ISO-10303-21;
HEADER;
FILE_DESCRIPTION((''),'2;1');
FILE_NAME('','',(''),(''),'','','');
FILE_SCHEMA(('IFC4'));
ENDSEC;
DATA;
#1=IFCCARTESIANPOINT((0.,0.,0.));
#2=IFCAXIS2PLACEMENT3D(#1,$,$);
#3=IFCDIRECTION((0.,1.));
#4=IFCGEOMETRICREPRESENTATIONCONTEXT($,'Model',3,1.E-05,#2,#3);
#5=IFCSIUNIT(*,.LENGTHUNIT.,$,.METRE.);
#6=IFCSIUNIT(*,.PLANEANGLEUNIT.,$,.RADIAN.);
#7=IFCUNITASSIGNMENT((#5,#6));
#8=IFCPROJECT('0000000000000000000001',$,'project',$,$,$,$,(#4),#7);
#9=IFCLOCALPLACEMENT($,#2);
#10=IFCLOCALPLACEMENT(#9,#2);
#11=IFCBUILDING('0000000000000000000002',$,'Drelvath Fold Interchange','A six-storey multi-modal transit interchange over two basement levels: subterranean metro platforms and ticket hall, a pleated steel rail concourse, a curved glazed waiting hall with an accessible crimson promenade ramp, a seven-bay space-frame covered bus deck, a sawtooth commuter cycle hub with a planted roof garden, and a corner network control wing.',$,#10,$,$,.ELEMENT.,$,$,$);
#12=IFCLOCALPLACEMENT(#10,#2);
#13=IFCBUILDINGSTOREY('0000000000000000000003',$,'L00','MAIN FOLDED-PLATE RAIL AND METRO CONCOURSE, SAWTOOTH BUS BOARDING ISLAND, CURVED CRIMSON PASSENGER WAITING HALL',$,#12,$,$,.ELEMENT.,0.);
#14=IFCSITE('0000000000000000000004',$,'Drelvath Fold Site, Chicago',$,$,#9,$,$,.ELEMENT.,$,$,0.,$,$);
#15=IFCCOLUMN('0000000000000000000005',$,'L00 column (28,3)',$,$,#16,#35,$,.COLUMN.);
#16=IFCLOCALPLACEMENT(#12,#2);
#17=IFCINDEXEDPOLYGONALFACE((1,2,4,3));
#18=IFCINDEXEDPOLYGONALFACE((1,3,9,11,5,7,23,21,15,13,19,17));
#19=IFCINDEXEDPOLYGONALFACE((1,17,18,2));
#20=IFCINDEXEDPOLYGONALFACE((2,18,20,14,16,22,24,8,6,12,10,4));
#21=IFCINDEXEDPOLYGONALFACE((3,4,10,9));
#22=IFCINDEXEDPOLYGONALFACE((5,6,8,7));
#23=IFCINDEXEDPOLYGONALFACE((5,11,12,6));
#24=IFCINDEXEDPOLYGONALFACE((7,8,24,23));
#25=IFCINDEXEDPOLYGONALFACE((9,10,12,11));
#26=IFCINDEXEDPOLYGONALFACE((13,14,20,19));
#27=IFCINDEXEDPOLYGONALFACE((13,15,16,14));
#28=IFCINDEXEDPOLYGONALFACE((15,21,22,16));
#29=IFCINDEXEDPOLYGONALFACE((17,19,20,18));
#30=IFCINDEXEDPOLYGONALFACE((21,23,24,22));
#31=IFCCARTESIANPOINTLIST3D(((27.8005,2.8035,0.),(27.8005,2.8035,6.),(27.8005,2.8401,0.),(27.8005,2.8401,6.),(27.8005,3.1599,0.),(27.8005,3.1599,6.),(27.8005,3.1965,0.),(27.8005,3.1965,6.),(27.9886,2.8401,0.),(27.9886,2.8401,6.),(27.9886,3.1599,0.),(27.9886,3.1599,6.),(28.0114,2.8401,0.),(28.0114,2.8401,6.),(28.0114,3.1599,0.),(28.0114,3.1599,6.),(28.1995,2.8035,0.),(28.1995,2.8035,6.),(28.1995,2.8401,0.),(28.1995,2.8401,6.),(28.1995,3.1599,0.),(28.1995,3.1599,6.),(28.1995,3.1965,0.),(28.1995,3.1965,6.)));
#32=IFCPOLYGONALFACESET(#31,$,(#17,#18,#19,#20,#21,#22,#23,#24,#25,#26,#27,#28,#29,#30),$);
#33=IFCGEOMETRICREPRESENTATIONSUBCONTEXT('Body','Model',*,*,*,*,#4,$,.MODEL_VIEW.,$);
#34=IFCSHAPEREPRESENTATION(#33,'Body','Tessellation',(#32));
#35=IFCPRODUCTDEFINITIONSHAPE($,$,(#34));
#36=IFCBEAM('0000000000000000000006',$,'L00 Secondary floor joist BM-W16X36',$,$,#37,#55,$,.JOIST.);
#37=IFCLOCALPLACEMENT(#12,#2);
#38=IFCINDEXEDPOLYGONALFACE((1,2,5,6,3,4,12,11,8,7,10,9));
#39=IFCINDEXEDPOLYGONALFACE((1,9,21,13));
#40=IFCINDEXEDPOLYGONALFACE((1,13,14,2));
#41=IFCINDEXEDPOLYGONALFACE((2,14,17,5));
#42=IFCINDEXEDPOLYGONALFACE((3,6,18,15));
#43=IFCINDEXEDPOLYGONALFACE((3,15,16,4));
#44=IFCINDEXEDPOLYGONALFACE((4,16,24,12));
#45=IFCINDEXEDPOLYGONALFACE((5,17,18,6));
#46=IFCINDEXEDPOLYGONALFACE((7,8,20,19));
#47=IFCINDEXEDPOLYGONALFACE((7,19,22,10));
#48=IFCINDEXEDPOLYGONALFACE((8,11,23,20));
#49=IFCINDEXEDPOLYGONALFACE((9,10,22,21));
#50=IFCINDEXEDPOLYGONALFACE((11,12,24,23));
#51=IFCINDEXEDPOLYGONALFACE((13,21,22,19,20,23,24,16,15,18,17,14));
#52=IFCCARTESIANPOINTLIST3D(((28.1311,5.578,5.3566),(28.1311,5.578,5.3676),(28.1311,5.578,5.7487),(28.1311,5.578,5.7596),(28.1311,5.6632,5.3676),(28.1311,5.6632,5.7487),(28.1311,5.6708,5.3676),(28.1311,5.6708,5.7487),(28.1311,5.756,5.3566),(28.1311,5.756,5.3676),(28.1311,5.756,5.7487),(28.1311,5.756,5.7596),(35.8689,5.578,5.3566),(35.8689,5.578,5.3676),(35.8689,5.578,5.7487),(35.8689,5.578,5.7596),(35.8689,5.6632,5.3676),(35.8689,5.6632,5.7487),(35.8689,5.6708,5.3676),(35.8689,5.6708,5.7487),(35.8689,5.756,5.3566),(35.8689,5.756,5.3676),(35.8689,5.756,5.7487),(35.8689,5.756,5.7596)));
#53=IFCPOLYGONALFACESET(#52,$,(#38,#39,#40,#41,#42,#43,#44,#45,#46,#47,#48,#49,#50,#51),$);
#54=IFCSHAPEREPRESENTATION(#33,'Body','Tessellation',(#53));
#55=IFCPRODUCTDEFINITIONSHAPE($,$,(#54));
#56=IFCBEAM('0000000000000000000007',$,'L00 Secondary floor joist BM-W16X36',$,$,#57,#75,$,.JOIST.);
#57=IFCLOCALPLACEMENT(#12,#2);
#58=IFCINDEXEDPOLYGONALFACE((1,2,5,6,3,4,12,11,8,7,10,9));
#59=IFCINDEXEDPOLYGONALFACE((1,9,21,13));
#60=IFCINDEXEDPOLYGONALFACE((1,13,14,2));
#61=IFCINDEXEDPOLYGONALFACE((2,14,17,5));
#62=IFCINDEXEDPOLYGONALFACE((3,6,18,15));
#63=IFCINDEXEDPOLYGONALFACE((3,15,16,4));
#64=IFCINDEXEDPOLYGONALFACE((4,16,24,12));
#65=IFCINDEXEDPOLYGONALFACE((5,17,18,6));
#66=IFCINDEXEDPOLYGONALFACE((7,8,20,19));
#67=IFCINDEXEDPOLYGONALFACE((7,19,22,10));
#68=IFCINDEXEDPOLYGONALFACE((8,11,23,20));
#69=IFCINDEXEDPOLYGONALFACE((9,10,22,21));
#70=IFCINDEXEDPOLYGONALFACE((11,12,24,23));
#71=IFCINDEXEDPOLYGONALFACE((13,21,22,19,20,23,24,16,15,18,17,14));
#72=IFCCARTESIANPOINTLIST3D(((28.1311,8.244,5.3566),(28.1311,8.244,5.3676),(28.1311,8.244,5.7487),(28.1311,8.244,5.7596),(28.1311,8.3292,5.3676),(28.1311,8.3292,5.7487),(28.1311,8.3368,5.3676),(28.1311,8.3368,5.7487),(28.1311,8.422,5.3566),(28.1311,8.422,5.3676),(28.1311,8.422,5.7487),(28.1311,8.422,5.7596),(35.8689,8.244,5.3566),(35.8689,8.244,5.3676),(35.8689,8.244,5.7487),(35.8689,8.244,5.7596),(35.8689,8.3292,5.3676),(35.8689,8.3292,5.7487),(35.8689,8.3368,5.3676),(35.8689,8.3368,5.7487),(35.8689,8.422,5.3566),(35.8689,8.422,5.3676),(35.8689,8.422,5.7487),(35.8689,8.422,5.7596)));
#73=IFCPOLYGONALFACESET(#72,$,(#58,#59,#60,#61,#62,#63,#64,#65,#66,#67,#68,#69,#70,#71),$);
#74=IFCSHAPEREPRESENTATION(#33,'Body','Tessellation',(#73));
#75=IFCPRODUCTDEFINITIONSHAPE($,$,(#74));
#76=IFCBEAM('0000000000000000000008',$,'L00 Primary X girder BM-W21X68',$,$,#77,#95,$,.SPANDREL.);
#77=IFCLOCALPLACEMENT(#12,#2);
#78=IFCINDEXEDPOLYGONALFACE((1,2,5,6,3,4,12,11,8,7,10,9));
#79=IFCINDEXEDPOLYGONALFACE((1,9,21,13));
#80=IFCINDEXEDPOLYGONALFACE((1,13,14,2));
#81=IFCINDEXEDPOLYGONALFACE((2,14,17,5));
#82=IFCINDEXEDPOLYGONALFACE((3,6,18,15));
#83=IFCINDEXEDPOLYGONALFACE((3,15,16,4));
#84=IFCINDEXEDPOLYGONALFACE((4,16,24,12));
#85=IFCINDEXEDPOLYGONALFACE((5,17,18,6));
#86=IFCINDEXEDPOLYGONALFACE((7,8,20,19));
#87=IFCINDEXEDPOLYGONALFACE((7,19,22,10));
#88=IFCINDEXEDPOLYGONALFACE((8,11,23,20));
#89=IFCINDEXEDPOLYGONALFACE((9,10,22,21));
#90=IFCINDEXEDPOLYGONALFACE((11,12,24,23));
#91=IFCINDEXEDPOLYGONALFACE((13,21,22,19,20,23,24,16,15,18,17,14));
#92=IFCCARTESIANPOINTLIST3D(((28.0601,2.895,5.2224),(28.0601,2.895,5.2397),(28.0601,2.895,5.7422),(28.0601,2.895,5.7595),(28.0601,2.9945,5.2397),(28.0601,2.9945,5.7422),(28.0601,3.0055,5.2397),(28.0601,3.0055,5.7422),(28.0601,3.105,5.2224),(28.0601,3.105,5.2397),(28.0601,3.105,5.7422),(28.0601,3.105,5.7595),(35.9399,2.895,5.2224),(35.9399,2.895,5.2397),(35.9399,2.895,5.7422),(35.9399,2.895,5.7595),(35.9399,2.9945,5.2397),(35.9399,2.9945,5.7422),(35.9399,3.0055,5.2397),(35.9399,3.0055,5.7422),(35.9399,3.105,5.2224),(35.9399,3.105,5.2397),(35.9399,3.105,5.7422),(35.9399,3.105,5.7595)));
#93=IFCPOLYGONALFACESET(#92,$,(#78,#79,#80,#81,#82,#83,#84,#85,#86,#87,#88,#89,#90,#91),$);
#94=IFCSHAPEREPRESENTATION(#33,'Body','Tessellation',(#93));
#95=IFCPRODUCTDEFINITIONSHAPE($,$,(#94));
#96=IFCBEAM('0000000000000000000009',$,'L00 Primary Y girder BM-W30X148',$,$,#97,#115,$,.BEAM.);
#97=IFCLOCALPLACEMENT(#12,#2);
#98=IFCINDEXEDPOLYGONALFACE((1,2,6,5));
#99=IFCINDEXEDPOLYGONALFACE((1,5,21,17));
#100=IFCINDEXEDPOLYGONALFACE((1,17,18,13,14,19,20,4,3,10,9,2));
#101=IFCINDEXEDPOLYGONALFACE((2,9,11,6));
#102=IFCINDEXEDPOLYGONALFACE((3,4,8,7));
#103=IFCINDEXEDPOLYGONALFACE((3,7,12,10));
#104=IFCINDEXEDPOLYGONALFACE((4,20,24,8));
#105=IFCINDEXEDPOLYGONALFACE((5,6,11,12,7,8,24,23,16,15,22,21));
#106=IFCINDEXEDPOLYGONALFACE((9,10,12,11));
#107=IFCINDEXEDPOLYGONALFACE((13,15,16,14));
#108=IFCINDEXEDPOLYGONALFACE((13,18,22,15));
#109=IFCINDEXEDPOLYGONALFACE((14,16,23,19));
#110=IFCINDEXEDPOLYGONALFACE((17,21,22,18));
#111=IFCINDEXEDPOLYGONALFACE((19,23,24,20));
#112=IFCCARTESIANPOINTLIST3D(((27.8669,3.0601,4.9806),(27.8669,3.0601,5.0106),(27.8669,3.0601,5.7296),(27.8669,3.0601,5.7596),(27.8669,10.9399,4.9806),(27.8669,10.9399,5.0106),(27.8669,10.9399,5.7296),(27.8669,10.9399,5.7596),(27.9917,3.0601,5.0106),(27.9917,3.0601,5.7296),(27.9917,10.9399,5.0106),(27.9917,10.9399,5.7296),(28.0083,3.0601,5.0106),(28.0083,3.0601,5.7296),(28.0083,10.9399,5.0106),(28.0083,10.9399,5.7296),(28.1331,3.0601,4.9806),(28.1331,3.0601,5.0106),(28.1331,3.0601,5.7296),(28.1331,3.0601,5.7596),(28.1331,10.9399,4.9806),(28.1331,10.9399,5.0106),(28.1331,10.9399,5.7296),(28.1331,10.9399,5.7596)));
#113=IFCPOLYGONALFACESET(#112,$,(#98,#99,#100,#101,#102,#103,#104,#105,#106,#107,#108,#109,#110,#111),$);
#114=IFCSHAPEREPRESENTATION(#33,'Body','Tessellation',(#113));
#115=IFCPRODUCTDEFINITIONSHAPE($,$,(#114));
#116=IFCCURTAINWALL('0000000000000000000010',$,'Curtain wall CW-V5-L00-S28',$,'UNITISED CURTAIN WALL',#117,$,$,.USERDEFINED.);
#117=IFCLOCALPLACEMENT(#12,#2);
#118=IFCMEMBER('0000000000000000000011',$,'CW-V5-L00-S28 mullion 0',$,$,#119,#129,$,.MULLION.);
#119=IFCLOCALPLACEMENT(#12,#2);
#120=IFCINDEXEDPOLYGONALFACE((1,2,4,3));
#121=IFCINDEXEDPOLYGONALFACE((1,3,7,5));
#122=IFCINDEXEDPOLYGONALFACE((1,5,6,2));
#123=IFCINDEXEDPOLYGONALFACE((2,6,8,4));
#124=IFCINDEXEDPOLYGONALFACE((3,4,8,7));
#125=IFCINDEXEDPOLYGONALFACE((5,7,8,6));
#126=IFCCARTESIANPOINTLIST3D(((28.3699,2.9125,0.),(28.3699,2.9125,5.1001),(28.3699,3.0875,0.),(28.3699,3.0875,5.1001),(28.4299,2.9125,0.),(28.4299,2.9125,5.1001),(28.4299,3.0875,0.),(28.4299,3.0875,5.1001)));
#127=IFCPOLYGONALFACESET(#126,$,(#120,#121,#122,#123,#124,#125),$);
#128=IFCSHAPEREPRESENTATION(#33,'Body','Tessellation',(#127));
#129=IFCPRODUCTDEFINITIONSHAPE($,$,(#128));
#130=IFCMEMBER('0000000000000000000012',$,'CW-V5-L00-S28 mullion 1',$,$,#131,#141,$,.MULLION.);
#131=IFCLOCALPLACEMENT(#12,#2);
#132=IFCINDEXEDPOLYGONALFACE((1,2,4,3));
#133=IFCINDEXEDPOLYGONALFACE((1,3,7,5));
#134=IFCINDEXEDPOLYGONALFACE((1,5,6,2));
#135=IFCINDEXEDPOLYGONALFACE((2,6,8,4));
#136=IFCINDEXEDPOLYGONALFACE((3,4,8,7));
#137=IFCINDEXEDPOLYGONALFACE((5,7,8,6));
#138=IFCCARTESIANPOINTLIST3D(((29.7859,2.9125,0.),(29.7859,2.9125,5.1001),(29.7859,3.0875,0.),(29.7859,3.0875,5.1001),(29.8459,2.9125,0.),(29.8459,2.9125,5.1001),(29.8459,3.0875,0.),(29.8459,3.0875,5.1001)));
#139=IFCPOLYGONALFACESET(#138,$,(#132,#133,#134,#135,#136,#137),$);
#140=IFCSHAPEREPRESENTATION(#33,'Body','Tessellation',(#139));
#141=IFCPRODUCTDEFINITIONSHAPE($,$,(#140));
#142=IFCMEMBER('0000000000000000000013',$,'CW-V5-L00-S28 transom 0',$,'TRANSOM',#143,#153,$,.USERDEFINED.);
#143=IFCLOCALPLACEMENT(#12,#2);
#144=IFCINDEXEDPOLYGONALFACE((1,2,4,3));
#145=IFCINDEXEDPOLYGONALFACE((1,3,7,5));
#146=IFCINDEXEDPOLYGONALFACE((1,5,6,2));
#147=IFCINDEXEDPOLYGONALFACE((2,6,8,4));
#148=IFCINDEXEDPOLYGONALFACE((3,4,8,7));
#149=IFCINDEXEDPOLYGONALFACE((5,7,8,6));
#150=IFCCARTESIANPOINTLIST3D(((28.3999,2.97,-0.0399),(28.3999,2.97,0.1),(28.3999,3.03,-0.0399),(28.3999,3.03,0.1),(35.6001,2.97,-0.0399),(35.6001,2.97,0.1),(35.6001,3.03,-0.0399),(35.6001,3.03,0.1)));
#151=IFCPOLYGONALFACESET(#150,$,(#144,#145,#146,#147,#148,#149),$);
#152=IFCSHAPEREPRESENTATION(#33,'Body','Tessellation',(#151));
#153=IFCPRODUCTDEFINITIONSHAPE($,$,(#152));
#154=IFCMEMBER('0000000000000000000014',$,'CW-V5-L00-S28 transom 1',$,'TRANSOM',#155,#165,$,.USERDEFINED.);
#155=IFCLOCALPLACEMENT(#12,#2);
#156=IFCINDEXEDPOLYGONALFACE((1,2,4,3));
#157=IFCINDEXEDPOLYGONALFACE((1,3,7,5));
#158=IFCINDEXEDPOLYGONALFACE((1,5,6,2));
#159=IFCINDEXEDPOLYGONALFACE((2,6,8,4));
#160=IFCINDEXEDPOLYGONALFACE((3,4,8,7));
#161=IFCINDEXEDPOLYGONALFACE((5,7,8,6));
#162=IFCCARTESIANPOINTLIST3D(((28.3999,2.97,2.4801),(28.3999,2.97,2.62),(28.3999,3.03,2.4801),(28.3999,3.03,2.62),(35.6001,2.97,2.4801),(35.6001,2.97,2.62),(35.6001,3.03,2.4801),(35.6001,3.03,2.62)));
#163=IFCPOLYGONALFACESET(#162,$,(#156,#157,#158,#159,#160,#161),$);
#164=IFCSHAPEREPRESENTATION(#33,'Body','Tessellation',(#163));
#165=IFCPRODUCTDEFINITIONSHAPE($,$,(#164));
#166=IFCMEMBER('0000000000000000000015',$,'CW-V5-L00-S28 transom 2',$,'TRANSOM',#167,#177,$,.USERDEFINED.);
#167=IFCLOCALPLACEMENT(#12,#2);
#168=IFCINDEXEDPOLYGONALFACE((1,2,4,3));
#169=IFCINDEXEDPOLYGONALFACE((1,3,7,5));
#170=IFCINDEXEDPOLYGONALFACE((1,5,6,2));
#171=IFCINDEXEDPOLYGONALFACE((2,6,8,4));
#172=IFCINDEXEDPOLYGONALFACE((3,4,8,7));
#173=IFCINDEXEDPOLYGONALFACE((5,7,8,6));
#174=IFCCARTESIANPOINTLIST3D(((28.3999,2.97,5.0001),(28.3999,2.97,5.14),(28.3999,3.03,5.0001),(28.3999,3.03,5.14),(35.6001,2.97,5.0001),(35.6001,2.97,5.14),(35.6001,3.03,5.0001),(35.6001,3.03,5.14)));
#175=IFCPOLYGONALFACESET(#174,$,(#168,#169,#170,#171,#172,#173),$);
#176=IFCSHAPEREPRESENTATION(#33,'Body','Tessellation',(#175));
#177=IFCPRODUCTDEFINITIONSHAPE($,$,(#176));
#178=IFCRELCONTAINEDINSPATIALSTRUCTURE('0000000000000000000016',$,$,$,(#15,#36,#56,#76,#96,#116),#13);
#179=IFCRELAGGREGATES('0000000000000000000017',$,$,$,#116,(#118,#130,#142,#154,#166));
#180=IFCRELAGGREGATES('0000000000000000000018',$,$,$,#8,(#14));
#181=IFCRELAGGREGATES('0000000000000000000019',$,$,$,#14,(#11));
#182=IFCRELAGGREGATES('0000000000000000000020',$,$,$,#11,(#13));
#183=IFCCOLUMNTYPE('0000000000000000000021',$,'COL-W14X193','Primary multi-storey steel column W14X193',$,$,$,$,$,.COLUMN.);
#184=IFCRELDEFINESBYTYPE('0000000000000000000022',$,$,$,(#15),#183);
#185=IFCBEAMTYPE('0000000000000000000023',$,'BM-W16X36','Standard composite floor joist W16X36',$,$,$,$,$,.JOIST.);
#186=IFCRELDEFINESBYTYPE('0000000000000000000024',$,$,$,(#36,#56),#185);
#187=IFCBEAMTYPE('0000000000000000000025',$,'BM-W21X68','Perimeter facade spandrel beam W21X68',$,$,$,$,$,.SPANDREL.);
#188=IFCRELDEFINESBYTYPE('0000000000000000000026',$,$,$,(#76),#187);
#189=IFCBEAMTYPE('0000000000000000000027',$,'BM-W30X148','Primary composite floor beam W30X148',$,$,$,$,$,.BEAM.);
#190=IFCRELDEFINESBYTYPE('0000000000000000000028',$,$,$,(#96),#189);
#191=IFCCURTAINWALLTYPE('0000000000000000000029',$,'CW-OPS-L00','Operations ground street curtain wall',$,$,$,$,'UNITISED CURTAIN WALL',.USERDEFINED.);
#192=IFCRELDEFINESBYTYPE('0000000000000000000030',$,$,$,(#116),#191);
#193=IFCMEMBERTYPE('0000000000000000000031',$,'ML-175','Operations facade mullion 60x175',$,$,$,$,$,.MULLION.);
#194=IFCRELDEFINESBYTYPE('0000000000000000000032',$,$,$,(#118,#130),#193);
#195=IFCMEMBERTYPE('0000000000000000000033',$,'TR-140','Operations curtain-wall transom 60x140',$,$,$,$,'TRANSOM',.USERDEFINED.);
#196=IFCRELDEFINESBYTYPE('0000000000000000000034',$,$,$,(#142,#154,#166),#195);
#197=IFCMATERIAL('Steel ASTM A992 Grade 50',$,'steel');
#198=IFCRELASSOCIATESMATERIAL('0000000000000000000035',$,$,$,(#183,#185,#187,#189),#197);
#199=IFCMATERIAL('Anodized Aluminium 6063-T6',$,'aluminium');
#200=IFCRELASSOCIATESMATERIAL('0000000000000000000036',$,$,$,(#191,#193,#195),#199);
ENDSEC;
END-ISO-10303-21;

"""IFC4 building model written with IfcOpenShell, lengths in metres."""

from ifc_helpers import new_model, si_unit, direction, frame, origin, origin_2d, place, context, subcontext, project, spatial, rectangle, i_section, extrude, material, material_profile, profile_set, type_object, element, aggregate, save


model = new_model("IFC4")

# Units and contexts
model_context = context("Model", 3, precision=1e-05, world=origin(), true_north=direction((0.0, 1.0)))
body_context = subcontext(model_context, "Body", "Model", "MODEL_VIEW")
ifc_project = project(units=[si_unit("LENGTHUNIT", "METRE"), si_unit("PLANEANGLEUNIT", "RADIAN")], contexts=[model_context])

# Site, building, storey
site_placement = place(None, origin())
site = spatial("IfcSite", under=ifc_project, at=site_placement, Name="Drelvath Fold Site, Chicago", CompositionType="ELEMENT", RefElevation=0.0)
building_placement = place(site_placement, origin())
building = spatial("IfcBuilding", under=site, at=building_placement, Name="Drelvath Fold Interchange", Description="A six-storey multi-modal transit interchange over two basement levels: subterranean metro platforms and ticket hall, a pleated steel rail concourse, a curved glazed waiting hall with an accessible crimson promenade ramp, a seven-bay space-frame covered bus deck, a sawtooth commuter cycle hub with a planted roof garden, and a corner network control wing.", CompositionType="ELEMENT")
storey_placement = place(building_placement, origin())
storey = spatial("IfcBuildingStorey", under=building, at=storey_placement, Name="L00", Description="MAIN FOLDED-PLATE RAIL AND METRO CONCOURSE, SAWTOOTH BUS BOARDING ISLAND, CURVED CRIMSON PASSENGER WAITING HALL", CompositionType="ELEMENT", Elevation=0.0)

# Column
ifc_material_1 = material(Name="Steel ASTM A992 Grade 50", Category="steel")
ifc_material_profile_1 = material_profile(ifc_material_1, i_section(OverallWidth=0.3989, OverallDepth=0.3931, WebThickness=0.0227, FlangeThickness=0.0366, at=origin_2d()), Name="W14X193")
ifc_profile_set_1 = profile_set([ifc_material_profile_1], Name="Steel ASTM A992 Grade 50")
column_type = type_object("IfcColumnType", Name="COL-W14X193", Description="Primary multi-storey steel column W14X193", PredefinedType="COLUMN", material=ifc_profile_set_1)
column_placement = place(storey_placement, frame((28.0, 3.0, 0.0), z_axis=(0.0, 0.0, 1.0), x_axis=(1.0, 0.0, 0.0)))
element("IfcColumn", 1, at=column_placement, inside=storey, type_object=column_type, Name="L00 column (28,3)", PredefinedType="COLUMN", context=body_context, shape_type="SweptSolid", body=[
    extrude(i_section(OverallWidth=0.3989, OverallDepth=0.3931, WebThickness=0.0227, FlangeThickness=0.0366, at=origin_2d()), origin(), (0.0, 0.0, 1.0), 6.0),
])

# Beams
ifc_material_profile_2 = material_profile(ifc_material_1, i_section(OverallWidth=0.178, OverallDepth=0.4031, WebThickness=0.0076, FlangeThickness=0.011, at=origin_2d()), Name="W16X36")
ifc_profile_set_2 = profile_set([ifc_material_profile_2], Name="Steel ASTM A992 Grade 50")
beam_type_1 = type_object("IfcBeamType", Name="BM-W16X36", Description="Standard composite floor joist W16X36", PredefinedType="JOIST", material=ifc_profile_set_2)
for number, where, z_axis, x_axis, name in (
    (2, (28.1311, 5.667, 5.5581), (1.0, 0.0, 0.0), (0.0, 1.0, 0.0), "L00 Secondary floor joist BM-W16X36"),
    (3, (28.1311, 8.333, 5.5581), (1.0, 0.0, 0.0), (0.0, 1.0, 0.0), "L00 Secondary floor joist BM-W16X36"),
):
    element("IfcBeam", number, at=place(storey_placement, frame(where, z_axis=z_axis, x_axis=x_axis)), inside=storey, type_object=beam_type_1, Name=name, PredefinedType="JOIST", context=body_context, shape_type="SweptSolid", body=[
        extrude(i_section(OverallWidth=0.178, OverallDepth=0.4031, WebThickness=0.0076, FlangeThickness=0.011, at=origin_2d()), origin(), (0.0, 0.0, 1.0), 7.7378),
    ])
ifc_material_profile_3 = material_profile(ifc_material_1, i_section(OverallWidth=0.21, OverallDepth=0.5371, WebThickness=0.011, FlangeThickness=0.0173, at=origin_2d()), Name="W21X68")
ifc_profile_set_3 = profile_set([ifc_material_profile_3], Name="Steel ASTM A992 Grade 50")
beam_type_2 = type_object("IfcBeamType", Name="BM-W21X68", Description="Perimeter facade spandrel beam W21X68", PredefinedType="SPANDREL", material=ifc_profile_set_3)
beam_1_placement = place(storey_placement, frame((28.0601, 3.0, 5.491), z_axis=(1.0, 0.0, 0.0), x_axis=(0.0, 1.0, 0.0)))
element("IfcBeam", 4, at=beam_1_placement, inside=storey, type_object=beam_type_2, Name="L00 Primary X girder BM-W21X68", PredefinedType="SPANDREL", context=body_context, shape_type="SweptSolid", body=[
    extrude(i_section(OverallWidth=0.21, OverallDepth=0.5371, WebThickness=0.011, FlangeThickness=0.0173, at=origin_2d()), origin(), (0.0, 0.0, 1.0), 7.8799),
])
ifc_material_profile_4 = material_profile(ifc_material_1, i_section(OverallWidth=0.2661, OverallDepth=0.7791, WebThickness=0.0166, FlangeThickness=0.03, at=origin_2d()), Name="W30X148")
ifc_profile_set_4 = profile_set([ifc_material_profile_4], Name="Steel ASTM A992 Grade 50")
beam_type_3 = type_object("IfcBeamType", Name="BM-W30X148", Description="Primary composite floor beam W30X148", PredefinedType="BEAM", material=ifc_profile_set_4)
beam_2_placement = place(storey_placement, frame((28.0, 3.0601, 5.3701), z_axis=(0.0, 1.0, 0.0), x_axis=(-1.0, 0.0, 0.0)))
element("IfcBeam", 5, at=beam_2_placement, inside=storey, type_object=beam_type_3, Name="L00 Primary Y girder BM-W30X148", PredefinedType="BEAM", context=body_context, shape_type="SweptSolid", body=[
    extrude(i_section(OverallWidth=0.2661, OverallDepth=0.7791, WebThickness=0.0166, FlangeThickness=0.03, at=origin_2d()), origin(), (0.0, 0.0, 1.0), 7.8799),
])

# Curtain wall, members
ifc_material_2 = material(Name="Anodized Aluminium 6063-T6", Category="aluminium")
curtain_wall_type = type_object("IfcCurtainWallType", Name="CW-OPS-L00", Description="Operations ground street curtain wall", ElementType="UNITISED CURTAIN WALL", PredefinedType="USERDEFINED", material=ifc_material_2)
curtain_wall_placement = place(storey_placement, origin())
curtain_wall = element("IfcCurtainWall", 6, at=curtain_wall_placement, inside=storey, type_object=curtain_wall_type, Name="Curtain wall CW-V5-L00-S28", ObjectType="UNITISED CURTAIN WALL", PredefinedType="USERDEFINED")
ifc_material_profile_5 = material_profile(ifc_material_2, rectangle(XDim=0.0601, YDim=0.175, at=origin_2d()), Name="AL-M 60x175")
ifc_profile_set_5 = profile_set([ifc_material_profile_5], Name="Anodized Aluminium 6063-T6")
member_type_1 = type_object("IfcMemberType", Name="ML-175", Description="Operations facade mullion 60x175", PredefinedType="MULLION", material=ifc_profile_set_5)
member_1_placement = place(storey_placement, frame((28.3999, 3.0, 0.0), z_axis=(0.0, 0.0, 1.0), x_axis=(1.0, 0.0, 0.0)))
member_1 = element("IfcMember", 7, at=member_1_placement, type_object=member_type_1, Name="CW-V5-L00-S28 mullion 0", PredefinedType="MULLION", context=body_context, shape_type="SweptSolid", body=[
    extrude(rectangle(XDim=0.0601, YDim=0.175, at=origin_2d()), origin(), (0.0, 0.0, 1.0), 5.1001),
])
member_2_placement = place(storey_placement, frame((29.8159, 3.0, 0.0), z_axis=(0.0, 0.0, 1.0), x_axis=(1.0, 0.0, 0.0)))
member_2 = element("IfcMember", 8, at=member_2_placement, type_object=member_type_1, Name="CW-V5-L00-S28 mullion 1", PredefinedType="MULLION", context=body_context, shape_type="SweptSolid", body=[
    extrude(rectangle(XDim=0.0601, YDim=0.175, at=origin_2d()), origin(), (0.0, 0.0, 1.0), 5.1001),
])
ifc_material_profile_6 = material_profile(ifc_material_2, rectangle(XDim=0.0601, YDim=0.1399, at=origin_2d()), Name="AL-T 60x140")
ifc_profile_set_6 = profile_set([ifc_material_profile_6], Name="Anodized Aluminium 6063-T6")
member_type_2 = type_object("IfcMemberType", Name="TR-140", Description="Operations curtain-wall transom 60x140", ElementType="TRANSOM", PredefinedType="USERDEFINED", material=ifc_profile_set_6)
member_3_placement = place(storey_placement, frame((28.3999, 3.0, 0.03), z_axis=(1.0, 0.0, 0.0), x_axis=(0.0, 1.0, 0.0)))
member_3 = element("IfcMember", 9, at=member_3_placement, type_object=member_type_2, Name="CW-V5-L00-S28 transom 0", ObjectType="TRANSOM", PredefinedType="USERDEFINED", context=body_context, shape_type="SweptSolid", body=[
    extrude(rectangle(XDim=0.0601, YDim=0.1399, at=origin_2d()), origin(), (0.0, 0.0, 1.0), 7.2002),
])
member_4_placement = place(storey_placement, frame((28.3999, 3.0, 2.55), z_axis=(1.0, 0.0, 0.0), x_axis=(0.0, 1.0, 0.0)))
member_4 = element("IfcMember", 10, at=member_4_placement, type_object=member_type_2, Name="CW-V5-L00-S28 transom 1", ObjectType="TRANSOM", PredefinedType="USERDEFINED", context=body_context, shape_type="SweptSolid", body=[
    extrude(rectangle(XDim=0.0601, YDim=0.1399, at=origin_2d()), origin(), (0.0, 0.0, 1.0), 7.2002),
])
member_5_placement = place(storey_placement, frame((28.3999, 3.0, 5.0701), z_axis=(1.0, 0.0, 0.0), x_axis=(0.0, 1.0, 0.0)))
member_5 = element("IfcMember", 11, at=member_5_placement, type_object=member_type_2, Name="CW-V5-L00-S28 transom 2", ObjectType="TRANSOM", PredefinedType="USERDEFINED", context=body_context, shape_type="SweptSolid", body=[
    extrude(rectangle(XDim=0.0601, YDim=0.1399, at=origin_2d()), origin(), (0.0, 0.0, 1.0), 7.2002),
])
aggregate(curtain_wall, [member_1, member_2, member_3, member_4, member_5])

save(model, "model.ifc")
